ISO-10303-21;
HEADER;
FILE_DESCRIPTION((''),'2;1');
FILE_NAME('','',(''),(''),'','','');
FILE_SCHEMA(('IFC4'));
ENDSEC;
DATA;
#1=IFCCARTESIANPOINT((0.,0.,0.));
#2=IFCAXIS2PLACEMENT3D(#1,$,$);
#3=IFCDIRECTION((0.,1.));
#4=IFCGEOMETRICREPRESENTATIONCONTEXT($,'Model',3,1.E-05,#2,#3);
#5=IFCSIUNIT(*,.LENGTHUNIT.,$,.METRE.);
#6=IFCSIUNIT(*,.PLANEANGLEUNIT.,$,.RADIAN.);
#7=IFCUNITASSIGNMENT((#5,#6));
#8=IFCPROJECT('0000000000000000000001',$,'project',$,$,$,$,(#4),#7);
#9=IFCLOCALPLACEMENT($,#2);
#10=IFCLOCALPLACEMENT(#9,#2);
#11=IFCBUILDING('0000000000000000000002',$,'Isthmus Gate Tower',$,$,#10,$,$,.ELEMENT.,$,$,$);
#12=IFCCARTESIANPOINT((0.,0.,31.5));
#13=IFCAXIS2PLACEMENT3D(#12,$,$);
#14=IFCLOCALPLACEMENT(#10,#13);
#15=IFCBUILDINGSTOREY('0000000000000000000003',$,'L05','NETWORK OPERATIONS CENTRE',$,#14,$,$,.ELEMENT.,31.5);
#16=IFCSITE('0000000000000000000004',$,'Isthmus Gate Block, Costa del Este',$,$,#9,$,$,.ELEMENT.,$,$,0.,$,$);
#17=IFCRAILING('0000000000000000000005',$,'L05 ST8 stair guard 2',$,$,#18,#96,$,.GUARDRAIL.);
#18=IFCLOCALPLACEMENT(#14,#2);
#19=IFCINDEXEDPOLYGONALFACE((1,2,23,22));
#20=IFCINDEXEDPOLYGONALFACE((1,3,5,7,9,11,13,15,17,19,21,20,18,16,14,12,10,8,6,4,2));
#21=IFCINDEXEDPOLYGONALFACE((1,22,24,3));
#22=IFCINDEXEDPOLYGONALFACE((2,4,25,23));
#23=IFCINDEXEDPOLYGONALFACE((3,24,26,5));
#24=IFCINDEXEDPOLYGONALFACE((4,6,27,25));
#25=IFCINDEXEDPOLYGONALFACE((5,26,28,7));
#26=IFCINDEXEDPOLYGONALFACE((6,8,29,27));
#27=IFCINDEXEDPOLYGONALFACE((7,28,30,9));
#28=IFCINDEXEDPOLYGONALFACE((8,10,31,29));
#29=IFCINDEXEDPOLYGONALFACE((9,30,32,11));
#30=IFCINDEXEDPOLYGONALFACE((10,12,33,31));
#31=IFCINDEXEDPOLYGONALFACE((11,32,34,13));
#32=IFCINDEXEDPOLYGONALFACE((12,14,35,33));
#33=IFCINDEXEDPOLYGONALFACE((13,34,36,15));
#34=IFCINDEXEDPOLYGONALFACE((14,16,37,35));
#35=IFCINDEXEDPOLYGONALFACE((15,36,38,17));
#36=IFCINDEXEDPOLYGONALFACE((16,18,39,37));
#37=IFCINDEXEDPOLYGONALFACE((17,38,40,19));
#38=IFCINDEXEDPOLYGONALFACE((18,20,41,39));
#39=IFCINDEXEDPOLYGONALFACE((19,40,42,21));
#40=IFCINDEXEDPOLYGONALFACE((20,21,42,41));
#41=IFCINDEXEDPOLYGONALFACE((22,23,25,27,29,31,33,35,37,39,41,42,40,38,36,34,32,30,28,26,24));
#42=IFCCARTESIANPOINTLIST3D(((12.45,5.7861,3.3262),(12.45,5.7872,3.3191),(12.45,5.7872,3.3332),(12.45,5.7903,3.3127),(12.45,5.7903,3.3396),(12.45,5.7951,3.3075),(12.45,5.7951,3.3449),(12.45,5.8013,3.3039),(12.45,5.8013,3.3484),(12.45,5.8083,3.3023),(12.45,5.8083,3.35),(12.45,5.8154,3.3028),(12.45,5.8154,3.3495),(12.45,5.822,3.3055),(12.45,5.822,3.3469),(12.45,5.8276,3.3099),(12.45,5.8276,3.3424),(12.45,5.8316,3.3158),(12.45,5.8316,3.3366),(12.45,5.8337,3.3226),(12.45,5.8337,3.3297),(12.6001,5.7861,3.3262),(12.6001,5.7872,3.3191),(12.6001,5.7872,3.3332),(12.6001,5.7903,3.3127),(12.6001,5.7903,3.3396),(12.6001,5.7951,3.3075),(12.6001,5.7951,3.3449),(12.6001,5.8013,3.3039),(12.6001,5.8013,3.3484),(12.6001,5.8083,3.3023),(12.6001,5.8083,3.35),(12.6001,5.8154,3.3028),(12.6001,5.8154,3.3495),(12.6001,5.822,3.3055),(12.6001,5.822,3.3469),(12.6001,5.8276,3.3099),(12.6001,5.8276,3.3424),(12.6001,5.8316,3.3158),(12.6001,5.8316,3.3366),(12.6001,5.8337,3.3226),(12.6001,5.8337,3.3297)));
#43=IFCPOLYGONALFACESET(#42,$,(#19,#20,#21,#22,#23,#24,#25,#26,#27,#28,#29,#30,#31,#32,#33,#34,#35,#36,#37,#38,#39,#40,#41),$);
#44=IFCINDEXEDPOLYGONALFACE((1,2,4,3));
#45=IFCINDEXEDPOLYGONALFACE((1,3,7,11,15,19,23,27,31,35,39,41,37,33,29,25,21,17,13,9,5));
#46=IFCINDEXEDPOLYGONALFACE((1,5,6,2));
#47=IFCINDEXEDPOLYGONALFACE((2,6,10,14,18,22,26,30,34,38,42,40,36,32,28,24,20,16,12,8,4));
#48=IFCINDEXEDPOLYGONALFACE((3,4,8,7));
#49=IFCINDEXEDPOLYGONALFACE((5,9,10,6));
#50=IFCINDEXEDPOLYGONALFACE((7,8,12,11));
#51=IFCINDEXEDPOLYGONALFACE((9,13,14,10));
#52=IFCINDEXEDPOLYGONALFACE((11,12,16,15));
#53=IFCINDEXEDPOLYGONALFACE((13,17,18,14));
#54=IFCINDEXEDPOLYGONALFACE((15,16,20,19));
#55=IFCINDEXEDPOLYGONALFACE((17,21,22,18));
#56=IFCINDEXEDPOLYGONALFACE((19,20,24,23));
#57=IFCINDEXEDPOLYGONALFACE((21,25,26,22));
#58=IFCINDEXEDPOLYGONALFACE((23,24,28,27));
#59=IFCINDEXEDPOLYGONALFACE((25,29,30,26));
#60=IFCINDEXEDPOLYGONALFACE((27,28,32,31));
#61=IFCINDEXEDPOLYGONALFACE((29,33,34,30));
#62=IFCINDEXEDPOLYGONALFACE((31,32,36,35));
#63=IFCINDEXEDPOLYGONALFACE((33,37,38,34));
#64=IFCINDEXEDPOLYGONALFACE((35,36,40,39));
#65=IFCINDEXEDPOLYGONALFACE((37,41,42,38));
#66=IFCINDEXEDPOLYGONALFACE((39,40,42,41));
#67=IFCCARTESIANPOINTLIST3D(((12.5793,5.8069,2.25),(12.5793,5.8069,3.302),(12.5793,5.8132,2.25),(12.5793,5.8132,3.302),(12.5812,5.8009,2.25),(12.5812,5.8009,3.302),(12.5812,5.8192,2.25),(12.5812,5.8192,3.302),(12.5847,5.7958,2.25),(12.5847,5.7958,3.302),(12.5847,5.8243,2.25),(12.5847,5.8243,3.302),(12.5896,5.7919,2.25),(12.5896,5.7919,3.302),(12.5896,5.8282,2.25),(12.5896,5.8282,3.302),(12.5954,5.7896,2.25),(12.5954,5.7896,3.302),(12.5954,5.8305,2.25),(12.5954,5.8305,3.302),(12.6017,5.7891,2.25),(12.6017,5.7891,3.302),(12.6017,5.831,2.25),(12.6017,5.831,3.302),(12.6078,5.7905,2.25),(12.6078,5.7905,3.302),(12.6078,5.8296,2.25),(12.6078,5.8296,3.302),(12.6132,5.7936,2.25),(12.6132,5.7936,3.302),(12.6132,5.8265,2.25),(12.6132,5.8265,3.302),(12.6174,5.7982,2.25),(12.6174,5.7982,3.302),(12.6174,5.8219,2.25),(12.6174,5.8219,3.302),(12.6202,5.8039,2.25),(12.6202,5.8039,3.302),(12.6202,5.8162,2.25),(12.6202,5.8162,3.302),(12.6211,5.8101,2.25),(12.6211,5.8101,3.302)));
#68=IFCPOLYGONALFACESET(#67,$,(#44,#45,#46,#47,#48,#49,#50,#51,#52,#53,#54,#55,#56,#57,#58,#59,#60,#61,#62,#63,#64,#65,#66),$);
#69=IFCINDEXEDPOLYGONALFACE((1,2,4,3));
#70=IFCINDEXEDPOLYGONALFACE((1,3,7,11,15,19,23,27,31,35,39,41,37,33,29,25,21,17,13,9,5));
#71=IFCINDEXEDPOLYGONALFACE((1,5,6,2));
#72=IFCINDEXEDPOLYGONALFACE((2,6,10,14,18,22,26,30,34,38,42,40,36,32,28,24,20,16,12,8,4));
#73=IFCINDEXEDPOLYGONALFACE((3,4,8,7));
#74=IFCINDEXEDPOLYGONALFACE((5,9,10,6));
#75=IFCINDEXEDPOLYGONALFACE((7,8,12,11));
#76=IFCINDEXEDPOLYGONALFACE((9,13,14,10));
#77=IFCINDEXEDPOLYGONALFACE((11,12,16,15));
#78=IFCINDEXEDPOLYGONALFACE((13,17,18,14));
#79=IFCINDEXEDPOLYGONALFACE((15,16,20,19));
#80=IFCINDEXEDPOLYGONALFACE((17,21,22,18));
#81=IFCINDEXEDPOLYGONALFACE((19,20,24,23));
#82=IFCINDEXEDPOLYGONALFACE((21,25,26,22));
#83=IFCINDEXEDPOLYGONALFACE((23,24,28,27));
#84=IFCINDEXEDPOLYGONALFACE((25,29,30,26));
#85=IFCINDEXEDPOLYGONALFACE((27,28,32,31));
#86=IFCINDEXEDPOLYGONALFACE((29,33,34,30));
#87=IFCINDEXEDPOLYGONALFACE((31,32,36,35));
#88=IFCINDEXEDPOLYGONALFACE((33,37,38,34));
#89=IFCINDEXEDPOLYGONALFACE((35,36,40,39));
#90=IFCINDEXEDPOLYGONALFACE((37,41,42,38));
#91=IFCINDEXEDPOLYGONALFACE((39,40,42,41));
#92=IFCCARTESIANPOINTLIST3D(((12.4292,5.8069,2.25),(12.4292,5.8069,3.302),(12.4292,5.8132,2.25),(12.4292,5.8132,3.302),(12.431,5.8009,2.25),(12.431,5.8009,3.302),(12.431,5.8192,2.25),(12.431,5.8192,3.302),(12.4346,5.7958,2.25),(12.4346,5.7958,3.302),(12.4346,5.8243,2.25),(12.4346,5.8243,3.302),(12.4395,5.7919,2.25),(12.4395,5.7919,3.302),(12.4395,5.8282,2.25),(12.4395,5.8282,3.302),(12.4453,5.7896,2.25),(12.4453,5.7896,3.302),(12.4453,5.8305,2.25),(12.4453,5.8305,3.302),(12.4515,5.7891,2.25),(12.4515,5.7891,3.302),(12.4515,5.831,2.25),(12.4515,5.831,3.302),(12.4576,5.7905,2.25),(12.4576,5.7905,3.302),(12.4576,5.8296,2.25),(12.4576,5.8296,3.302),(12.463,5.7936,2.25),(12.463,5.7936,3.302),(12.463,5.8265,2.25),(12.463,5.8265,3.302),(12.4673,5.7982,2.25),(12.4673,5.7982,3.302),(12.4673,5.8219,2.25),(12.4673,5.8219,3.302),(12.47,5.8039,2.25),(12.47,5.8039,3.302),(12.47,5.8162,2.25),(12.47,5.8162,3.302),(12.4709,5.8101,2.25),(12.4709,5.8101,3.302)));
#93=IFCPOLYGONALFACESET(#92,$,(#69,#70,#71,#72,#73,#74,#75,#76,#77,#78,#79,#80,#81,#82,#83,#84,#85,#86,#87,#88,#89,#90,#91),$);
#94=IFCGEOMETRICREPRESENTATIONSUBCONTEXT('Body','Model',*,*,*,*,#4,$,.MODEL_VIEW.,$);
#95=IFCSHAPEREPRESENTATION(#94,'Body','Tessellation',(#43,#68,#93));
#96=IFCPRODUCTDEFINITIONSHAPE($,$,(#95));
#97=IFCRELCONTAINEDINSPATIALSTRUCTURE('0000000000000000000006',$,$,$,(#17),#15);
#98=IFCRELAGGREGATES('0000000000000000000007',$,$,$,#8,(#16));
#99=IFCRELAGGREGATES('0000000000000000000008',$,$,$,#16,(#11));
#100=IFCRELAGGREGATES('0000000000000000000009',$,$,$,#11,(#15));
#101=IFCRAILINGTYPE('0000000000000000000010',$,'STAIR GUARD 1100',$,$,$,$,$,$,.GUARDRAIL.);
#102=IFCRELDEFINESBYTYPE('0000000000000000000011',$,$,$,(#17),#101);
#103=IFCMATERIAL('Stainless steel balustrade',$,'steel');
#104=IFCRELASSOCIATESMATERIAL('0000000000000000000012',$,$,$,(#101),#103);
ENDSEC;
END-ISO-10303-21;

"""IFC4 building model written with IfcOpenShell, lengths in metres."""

from ifc_helpers import new_model, si_unit, direction, frame, origin, origin_2d, place, context, subcontext, project, spatial, circle, extrude, material, type_object, element, save


model = new_model("IFC4")

# Units and contexts
model_context = context("Model", 3, precision=1e-05, world=origin(), true_north=direction((0.0, 1.0)))
body_context = subcontext(model_context, "Body", "Model", "MODEL_VIEW")
ifc_project = project(units=[si_unit("LENGTHUNIT", "METRE"), si_unit("PLANEANGLEUNIT", "RADIAN")], contexts=[model_context])

# Site, building, storey
site_placement = place(None, origin())
site = spatial("IfcSite", under=ifc_project, at=site_placement, Name="Isthmus Gate Block, Costa del Este", CompositionType="ELEMENT", RefElevation=0.0)
building_placement = place(site_placement, origin())
building = spatial("IfcBuilding", under=site, at=building_placement, Name="Isthmus Gate Tower", CompositionType="ELEMENT")
storey_placement = place(building_placement, frame((0.0, 0.0, 31.5)))
storey = spatial("IfcBuildingStorey", under=building, at=storey_placement, Name="L05", Description="NETWORK OPERATIONS CENTRE", CompositionType="ELEMENT", Elevation=31.5)

# Railing
ifc_material_1 = material(Name="Stainless steel balustrade", Category="steel")
railing_type_1 = type_object("IfcRailingType", Name="STAIR GUARD 1100", PredefinedType="GUARDRAIL", material=ifc_material_1)
railing_1_placement = place(storey_placement, frame((12.6001, 5.8101, 2.25)))
element("IfcRailing", 1, at=railing_1_placement, inside=storey, type_object=railing_type_1, Name="L05 ST8 stair guard 2", PredefinedType="GUARDRAIL", context=body_context, shape_type="SweptSolid", body=[
    extrude(circle(Radius=0.0239, at=origin_2d()), frame((0.0, 0.0, 1.0762), z_axis=(-1.0, 0.0, 0.0), x_axis=(0.0, -1.0, 0.0)), (0.0, 0.0, 1.0), 0.1501),
    extrude(circle(Radius=0.021, at=origin_2d()), origin(), (0.0, 0.0, 1.0), 1.052),
    extrude(circle(Radius=0.021, at=origin_2d()), frame((-0.1501, 0.0, 0.0)), (0.0, 0.0, 1.0), 1.052),
])

save(model, "model.ifc")
